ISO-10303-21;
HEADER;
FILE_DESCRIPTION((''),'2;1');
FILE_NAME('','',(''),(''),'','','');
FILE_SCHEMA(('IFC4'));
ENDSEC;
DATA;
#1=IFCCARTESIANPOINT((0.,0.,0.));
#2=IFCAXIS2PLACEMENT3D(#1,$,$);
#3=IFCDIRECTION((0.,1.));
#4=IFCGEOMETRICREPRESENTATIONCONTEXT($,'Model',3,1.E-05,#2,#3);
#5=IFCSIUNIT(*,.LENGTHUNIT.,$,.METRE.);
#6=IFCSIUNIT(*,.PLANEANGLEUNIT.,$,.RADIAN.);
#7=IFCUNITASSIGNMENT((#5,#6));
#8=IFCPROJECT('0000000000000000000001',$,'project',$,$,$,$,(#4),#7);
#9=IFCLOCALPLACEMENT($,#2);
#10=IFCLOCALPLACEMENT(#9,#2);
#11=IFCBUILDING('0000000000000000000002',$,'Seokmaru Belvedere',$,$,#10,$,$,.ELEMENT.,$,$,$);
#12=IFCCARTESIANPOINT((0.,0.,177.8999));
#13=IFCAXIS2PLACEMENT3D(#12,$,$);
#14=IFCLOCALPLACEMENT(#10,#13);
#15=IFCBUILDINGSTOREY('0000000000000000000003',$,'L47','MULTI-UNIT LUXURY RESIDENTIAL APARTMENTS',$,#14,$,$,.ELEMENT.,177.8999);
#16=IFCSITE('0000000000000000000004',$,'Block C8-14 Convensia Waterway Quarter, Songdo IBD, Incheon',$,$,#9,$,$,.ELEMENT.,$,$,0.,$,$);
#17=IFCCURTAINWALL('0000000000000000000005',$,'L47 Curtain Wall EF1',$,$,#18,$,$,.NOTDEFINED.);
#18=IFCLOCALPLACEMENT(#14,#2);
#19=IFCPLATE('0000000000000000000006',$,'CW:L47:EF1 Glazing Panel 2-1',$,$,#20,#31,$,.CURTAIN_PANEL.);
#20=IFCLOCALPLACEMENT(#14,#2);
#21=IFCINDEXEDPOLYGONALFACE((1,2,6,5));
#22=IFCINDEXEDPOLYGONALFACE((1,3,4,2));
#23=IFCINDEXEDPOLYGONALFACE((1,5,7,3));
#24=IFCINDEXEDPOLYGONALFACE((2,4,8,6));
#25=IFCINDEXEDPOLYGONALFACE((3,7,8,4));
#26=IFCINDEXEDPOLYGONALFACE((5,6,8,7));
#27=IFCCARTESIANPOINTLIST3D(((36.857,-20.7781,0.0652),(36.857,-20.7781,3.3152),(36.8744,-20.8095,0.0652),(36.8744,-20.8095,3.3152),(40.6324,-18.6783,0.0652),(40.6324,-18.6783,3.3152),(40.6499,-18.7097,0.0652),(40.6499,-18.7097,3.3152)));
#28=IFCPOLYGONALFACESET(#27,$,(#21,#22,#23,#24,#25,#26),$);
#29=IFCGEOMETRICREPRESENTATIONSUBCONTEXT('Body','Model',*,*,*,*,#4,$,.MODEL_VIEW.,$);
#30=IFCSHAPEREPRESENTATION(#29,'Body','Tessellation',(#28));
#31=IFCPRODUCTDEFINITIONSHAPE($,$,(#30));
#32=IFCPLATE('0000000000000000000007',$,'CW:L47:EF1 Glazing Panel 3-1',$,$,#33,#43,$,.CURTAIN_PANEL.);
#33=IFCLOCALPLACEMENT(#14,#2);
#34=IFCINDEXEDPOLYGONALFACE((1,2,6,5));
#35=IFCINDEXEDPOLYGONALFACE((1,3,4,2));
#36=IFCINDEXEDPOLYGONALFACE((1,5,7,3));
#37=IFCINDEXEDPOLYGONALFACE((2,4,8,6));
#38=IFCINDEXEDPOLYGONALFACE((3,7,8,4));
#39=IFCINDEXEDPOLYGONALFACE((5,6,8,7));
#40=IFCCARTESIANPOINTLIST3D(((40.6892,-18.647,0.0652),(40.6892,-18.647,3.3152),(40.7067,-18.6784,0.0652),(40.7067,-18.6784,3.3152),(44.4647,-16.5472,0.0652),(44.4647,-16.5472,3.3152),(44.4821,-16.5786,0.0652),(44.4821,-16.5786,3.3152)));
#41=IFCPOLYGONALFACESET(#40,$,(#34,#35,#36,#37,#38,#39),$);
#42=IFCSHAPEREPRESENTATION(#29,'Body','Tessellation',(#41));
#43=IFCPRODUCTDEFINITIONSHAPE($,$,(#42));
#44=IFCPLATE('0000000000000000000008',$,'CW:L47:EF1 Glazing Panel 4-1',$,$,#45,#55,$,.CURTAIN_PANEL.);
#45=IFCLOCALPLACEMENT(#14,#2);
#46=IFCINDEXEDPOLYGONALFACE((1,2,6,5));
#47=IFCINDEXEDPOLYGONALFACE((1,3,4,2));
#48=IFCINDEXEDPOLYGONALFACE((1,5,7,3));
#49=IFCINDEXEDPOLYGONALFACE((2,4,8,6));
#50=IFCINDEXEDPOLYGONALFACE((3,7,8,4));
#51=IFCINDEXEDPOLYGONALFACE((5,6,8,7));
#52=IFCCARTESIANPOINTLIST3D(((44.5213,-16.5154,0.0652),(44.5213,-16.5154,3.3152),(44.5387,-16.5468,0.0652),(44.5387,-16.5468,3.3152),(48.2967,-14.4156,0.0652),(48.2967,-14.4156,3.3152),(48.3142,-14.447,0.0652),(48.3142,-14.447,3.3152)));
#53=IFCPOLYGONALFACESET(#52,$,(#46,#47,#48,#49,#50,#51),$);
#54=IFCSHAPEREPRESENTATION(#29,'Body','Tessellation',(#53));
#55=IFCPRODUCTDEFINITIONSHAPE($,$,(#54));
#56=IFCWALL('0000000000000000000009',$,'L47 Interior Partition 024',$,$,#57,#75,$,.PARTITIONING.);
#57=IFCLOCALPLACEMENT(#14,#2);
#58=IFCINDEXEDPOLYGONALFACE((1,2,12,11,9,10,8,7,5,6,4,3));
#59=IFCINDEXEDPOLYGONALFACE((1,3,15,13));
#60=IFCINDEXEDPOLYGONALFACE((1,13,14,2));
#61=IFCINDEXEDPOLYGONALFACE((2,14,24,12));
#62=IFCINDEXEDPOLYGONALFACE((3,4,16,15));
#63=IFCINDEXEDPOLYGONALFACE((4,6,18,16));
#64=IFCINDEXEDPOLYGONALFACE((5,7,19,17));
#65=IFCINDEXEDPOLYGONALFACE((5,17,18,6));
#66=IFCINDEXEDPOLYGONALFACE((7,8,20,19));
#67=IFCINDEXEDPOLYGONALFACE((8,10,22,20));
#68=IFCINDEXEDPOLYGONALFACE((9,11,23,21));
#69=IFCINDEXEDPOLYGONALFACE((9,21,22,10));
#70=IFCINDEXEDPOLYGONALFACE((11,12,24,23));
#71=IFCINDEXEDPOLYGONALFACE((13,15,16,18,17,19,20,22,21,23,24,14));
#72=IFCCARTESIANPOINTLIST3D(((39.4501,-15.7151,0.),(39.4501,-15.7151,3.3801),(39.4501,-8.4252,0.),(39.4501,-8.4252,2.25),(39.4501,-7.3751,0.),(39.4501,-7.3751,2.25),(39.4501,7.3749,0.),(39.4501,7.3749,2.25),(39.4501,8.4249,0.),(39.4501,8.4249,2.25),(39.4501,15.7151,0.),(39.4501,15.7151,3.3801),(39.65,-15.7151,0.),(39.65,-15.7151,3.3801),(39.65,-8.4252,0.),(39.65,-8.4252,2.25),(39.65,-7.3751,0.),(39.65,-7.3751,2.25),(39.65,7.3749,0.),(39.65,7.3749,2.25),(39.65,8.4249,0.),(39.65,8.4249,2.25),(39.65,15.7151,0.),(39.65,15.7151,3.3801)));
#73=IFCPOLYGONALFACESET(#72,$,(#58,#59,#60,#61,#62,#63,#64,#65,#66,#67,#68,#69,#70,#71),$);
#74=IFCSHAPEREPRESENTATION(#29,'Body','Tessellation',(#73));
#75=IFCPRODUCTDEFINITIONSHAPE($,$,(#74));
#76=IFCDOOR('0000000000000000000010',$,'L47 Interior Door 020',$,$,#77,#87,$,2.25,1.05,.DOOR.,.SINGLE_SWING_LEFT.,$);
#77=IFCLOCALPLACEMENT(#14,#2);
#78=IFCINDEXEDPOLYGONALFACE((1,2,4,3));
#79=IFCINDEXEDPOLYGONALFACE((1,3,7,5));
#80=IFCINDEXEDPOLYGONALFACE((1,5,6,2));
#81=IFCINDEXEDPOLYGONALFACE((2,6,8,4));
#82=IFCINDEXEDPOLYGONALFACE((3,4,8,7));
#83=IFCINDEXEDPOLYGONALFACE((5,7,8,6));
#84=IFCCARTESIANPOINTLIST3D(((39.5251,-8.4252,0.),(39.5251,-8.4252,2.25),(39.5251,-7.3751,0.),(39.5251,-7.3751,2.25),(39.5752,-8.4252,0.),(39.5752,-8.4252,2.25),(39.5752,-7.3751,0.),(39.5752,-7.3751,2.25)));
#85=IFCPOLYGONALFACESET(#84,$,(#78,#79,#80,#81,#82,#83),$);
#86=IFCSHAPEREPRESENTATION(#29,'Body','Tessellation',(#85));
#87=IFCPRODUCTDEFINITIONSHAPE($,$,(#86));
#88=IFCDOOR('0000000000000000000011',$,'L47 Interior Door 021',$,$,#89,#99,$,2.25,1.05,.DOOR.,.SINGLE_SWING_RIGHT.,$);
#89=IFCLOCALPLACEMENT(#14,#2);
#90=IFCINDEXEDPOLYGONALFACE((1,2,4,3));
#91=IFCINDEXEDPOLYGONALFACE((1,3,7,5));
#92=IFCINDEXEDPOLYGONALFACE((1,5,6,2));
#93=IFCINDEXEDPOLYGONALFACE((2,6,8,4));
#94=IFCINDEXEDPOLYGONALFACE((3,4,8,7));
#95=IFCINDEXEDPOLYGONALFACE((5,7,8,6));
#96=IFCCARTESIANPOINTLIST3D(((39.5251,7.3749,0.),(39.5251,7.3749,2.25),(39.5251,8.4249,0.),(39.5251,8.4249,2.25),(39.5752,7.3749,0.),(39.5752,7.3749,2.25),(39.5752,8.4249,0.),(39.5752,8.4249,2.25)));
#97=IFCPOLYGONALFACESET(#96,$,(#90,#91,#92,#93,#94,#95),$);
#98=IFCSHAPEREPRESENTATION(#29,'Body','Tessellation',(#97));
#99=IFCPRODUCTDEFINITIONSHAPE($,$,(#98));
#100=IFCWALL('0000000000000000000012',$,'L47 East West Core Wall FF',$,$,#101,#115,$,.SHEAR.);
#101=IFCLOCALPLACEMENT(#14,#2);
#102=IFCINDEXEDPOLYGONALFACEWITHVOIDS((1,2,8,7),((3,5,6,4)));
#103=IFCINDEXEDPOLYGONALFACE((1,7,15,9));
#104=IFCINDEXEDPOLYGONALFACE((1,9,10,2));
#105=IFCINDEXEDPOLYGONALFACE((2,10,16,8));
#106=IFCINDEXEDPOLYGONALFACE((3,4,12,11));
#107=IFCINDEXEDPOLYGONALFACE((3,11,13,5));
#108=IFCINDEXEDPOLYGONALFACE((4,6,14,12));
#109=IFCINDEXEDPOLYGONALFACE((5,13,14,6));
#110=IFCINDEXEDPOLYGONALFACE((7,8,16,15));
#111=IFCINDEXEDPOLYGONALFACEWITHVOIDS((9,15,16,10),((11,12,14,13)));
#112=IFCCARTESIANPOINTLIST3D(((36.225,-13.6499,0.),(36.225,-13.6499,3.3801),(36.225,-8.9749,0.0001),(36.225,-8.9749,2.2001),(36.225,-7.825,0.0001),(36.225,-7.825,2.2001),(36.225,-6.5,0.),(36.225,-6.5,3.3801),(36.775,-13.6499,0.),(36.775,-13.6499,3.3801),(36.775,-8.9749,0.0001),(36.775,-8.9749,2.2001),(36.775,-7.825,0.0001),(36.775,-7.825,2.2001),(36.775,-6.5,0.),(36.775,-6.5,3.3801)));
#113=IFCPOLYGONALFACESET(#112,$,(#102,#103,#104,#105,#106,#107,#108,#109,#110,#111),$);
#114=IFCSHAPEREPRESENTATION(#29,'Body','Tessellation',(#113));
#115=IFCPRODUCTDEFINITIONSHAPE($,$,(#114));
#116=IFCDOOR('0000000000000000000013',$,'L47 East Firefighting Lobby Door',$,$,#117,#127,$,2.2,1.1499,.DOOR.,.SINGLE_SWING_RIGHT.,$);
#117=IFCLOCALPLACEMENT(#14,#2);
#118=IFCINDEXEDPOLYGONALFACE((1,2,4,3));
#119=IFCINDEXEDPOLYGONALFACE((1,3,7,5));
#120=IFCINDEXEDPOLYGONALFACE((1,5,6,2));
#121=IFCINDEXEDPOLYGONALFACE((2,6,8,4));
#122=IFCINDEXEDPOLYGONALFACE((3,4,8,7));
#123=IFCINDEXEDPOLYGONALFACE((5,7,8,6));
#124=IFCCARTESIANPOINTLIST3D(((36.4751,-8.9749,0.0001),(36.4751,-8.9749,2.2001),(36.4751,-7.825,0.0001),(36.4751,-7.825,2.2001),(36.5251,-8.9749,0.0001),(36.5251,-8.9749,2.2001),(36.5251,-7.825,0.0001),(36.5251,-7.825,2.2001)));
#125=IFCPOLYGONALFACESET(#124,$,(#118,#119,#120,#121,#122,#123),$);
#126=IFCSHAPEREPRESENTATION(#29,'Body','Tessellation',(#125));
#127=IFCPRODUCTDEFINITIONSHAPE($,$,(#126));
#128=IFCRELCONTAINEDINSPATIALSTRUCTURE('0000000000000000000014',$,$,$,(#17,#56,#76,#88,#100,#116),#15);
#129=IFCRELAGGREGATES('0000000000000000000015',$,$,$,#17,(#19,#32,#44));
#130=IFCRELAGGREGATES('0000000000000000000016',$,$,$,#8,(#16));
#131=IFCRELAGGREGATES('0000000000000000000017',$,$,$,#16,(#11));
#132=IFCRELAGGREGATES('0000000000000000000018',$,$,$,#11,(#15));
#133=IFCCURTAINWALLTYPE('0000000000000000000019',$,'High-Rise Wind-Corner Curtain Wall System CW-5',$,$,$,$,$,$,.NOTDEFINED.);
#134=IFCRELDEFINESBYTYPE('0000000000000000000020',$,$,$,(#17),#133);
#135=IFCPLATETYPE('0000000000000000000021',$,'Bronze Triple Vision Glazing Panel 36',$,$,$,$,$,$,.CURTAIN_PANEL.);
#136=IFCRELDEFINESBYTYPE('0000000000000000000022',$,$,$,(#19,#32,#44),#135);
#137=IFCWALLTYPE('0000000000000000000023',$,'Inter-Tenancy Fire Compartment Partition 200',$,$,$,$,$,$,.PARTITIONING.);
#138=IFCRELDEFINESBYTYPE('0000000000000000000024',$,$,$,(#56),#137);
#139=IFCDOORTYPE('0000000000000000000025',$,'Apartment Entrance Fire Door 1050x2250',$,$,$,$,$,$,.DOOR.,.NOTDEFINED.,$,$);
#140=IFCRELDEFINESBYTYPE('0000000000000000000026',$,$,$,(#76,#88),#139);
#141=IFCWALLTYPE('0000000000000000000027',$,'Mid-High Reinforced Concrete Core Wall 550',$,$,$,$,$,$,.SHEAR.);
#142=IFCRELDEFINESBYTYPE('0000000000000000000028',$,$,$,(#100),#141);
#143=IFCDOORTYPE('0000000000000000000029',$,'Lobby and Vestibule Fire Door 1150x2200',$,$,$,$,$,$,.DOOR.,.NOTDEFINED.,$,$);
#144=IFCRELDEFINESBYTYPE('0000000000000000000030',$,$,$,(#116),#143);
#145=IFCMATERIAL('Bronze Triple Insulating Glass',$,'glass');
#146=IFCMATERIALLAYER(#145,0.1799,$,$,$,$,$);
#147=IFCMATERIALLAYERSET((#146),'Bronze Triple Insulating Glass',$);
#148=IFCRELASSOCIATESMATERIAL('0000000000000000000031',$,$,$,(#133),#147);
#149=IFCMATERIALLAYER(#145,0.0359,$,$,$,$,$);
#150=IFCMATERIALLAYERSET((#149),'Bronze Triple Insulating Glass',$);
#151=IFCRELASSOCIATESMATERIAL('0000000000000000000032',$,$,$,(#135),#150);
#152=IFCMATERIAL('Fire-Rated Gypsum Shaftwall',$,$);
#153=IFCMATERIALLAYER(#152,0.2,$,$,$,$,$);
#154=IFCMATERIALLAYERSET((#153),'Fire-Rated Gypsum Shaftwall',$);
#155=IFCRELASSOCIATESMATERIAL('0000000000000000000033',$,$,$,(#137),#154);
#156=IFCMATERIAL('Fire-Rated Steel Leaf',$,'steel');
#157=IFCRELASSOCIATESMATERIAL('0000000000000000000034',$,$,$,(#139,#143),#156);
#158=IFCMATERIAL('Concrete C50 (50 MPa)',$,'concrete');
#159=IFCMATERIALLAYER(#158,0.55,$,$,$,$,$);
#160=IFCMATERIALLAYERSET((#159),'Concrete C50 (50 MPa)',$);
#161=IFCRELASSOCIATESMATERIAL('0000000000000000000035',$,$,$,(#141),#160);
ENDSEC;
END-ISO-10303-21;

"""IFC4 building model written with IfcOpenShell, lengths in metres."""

from ifc_helpers import new_model, si_unit, direction, frame, frame_2d, origin, origin_2d, place, context, subcontext, project, spatial, rectangle, extrude, source, transform, mapped, material, layer, layer_set, type_object, type_shapes, element, fill, aggregate, save


model = new_model("IFC4")

# Units and contexts
model_context = context("Model", 3, precision=1e-05, world=origin(), true_north=direction((0.0, 1.0)))
body_context = subcontext(model_context, "Body", "Model", "MODEL_VIEW")
ifc_project = project(units=[si_unit("LENGTHUNIT", "METRE"), si_unit("PLANEANGLEUNIT", "RADIAN")], contexts=[model_context])

# Site, building, storey
site_placement = place(None, origin())
site = spatial("IfcSite", under=ifc_project, at=site_placement, Name="Block C8-14 Convensia Waterway Quarter, Songdo IBD, Incheon", CompositionType="ELEMENT", RefElevation=0.0)
building_placement = place(site_placement, origin())
building = spatial("IfcBuilding", under=site, at=building_placement, Name="Seokmaru Belvedere", CompositionType="ELEMENT")
storey_placement = place(building_placement, frame((0.0, 0.0, 177.8999)))
storey = spatial("IfcBuildingStorey", under=building, at=storey_placement, Name="L47", Description="MULTI-UNIT LUXURY RESIDENTIAL APARTMENTS", CompositionType="ELEMENT", Elevation=177.8999)

# Curtain wall, plates
ifc_material_1 = material(Name="Bronze Triple Insulating Glass", Category="glass")
ifc_layer_1 = layer(ifc_material_1, 0.1799)
ifc_layer_set_1 = layer_set([ifc_layer_1], Name="Bronze Triple Insulating Glass")
curtain_wall_type = type_object("IfcCurtainWallType", Name="High-Rise Wind-Corner Curtain Wall System CW-5", PredefinedType="NOTDEFINED", material=ifc_layer_set_1)
curtain_wall_placement = place(storey_placement, origin())
curtain_wall = element("IfcCurtainWall", 1, at=curtain_wall_placement, inside=storey, type_object=curtain_wall_type, Name="L47 Curtain Wall EF1", PredefinedType="NOTDEFINED")
ifc_layer_2 = layer(ifc_material_1, 0.0359)
ifc_layer_set_2 = layer_set([ifc_layer_2], Name="Bronze Triple Insulating Glass")
plate_type = type_object("IfcPlateType", Name="Bronze Triple Vision Glazing Panel 36", PredefinedType="CURTAIN_PANEL", material=ifc_layer_set_2)
shared_shape_1 = source(origin(), body_context, "Body", "SweptSolid", [
    extrude(rectangle(XDim=4.3201, YDim=0.0359, at=origin_2d()), origin(), (0.0, 0.0, 1.0), 3.25),
])
plate_1_placement = place(storey_placement, frame((38.7534, -19.7439, 0.0652), z_axis=(0.0, 0.0, 1.0), x_axis=(0.873933, 0.486047, 0.0)))
plate_1 = element("IfcPlate", 2, at=plate_1_placement, type_object=plate_type, Name="CW:L47:EF1 Glazing Panel 2-1", PredefinedType="CURTAIN_PANEL", context=body_context, shape_type="MappedRepresentation", body=[
    mapped(shared_shape_1, transform((0.0, 0.0, 0.0), scale=1.0)),
])
plate_2_placement = place(storey_placement, frame((42.5857, -17.6128, 0.0652), z_axis=(0.0, 0.0, 1.0), x_axis=(0.873933, 0.486047, 0.0)))
plate_2 = element("IfcPlate", 3, at=plate_2_placement, type_object=plate_type, Name="CW:L47:EF1 Glazing Panel 3-1", PredefinedType="CURTAIN_PANEL", context=body_context, shape_type="MappedRepresentation", body=[
    mapped(shared_shape_1, transform((0.0, 0.0, 0.0), scale=1.0)),
])
plate_3_placement = place(storey_placement, frame((46.4177, -15.4812, 0.0652), z_axis=(0.0, 0.0, 1.0), x_axis=(0.873933, 0.486047, 0.0)))
plate_3 = element("IfcPlate", 4, at=plate_3_placement, type_object=plate_type, Name="CW:L47:EF1 Glazing Panel 4-1", PredefinedType="CURTAIN_PANEL", context=body_context, shape_type="MappedRepresentation", body=[
    mapped(shared_shape_1, transform((0.0, 0.0, 0.0), scale=1.0)),
])
aggregate(curtain_wall, [plate_1, plate_2, plate_3])

# Wall, openings, doors
ifc_material_2 = material(Name="Fire-Rated Gypsum Shaftwall")
ifc_layer_3 = layer(ifc_material_2, 0.2)
ifc_layer_set_3 = layer_set([ifc_layer_3], Name="Fire-Rated Gypsum Shaftwall")
wall_type_1 = type_object("IfcWallType", Name="Inter-Tenancy Fire Compartment Partition 200", PredefinedType="PARTITIONING", material=ifc_layer_set_3)
wall_1_placement = place(storey_placement, frame((39.55, -15.7151, 0.0), z_axis=(0.0, 0.0, 1.0), x_axis=(0.0, 1.0, 0.0)))
wall_1 = element("IfcWall", 5, at=wall_1_placement, inside=storey, type_object=wall_type_1, Name="L47 Interior Partition 024", PredefinedType="PARTITIONING", context=body_context, shape_type="SweptSolid", body=[
    extrude(rectangle(XDim=31.4302, YDim=0.2, at=frame_2d((15.7151, 0.0))), origin(), (0.0, 0.0, 1.0), 3.3801),
])
opening_1_placement = place(wall_1_placement, frame((7.29, 0.0, 0.0)))
opening_1 = element("IfcOpeningElement", 6, at=opening_1_placement, cuts=wall_1, PredefinedType="OPENING", context=body_context, shape_type="SweptSolid", body=[
    extrude(rectangle(XDim=1.05, YDim=2.25, at=frame_2d((0.5249, 1.125))), frame((0.0, 0.1099, 0.0), z_axis=(0.0, -1.0, 0.0), x_axis=(1.0, 0.0, 0.0)), (0.0, 0.0, 1.0), 0.22),
])
opening_2_placement = place(wall_1_placement, frame((23.0901, 0.0, 0.0)))
opening_2 = element("IfcOpeningElement", 7, at=opening_2_placement, cuts=wall_1, PredefinedType="OPENING", context=body_context, shape_type="SweptSolid", body=[
    extrude(rectangle(XDim=1.05, YDim=2.25, at=frame_2d((0.5249, 1.125))), frame((0.0, 0.1099, 0.0), z_axis=(0.0, -1.0, 0.0), x_axis=(1.0, 0.0, 0.0)), (0.0, 0.0, 1.0), 0.22),
])
ifc_material_3 = material(Name="Fire-Rated Steel Leaf", Category="steel")
door_type_1 = type_object("IfcDoorType", Name="Apartment Entrance Fire Door 1050x2250", OperationType="NOTDEFINED", PredefinedType="DOOR", material=ifc_material_3)
shared_shape_2 = source(origin(), body_context, "Body", "SweptSolid", [
    extrude(rectangle(XDim=1.05, YDim=2.25, at=frame_2d((0.5249, 1.125))), frame((0.0, 0.0249, 0.0), z_axis=(0.0, -1.0, 0.0), x_axis=(1.0, 0.0, 0.0)), (0.0, 0.0, 1.0), 0.05),
])
type_shapes(door_type_1, [shared_shape_2])
door_1_placement = place(opening_1_placement, origin())
door_1 = element("IfcDoor", 8, at=door_1_placement, inside=storey, type_object=door_type_1, Name="L47 Interior Door 020", OperationType="SINGLE_SWING_LEFT", OverallHeight=2.25, OverallWidth=1.05, PredefinedType="DOOR", context=body_context, shape_type="MappedRepresentation", body=[
    mapped(shared_shape_2, transform((0.0, 0.0, 0.0), scale=1.0)),
])
fill(opening_1, door_1)
door_2_placement = place(opening_2_placement, origin())
door_2 = element("IfcDoor", 9, at=door_2_placement, inside=storey, type_object=door_type_1, Name="L47 Interior Door 021", OperationType="SINGLE_SWING_RIGHT", OverallHeight=2.25, OverallWidth=1.05, PredefinedType="DOOR", context=body_context, shape_type="MappedRepresentation", body=[
    mapped(shared_shape_2, transform((0.0, 0.0, 0.0), scale=1.0)),
])
fill(opening_2, door_2)

# Wall, opening, door
ifc_material_4 = material(Name="Concrete C50 (50 MPa)", Category="concrete")
ifc_layer_4 = layer(ifc_material_4, 0.55)
ifc_layer_set_4 = layer_set([ifc_layer_4], Name="Concrete C50 (50 MPa)")
wall_type_2 = type_object("IfcWallType", Name="Mid-High Reinforced Concrete Core Wall 550", PredefinedType="SHEAR", material=ifc_layer_set_4)
wall_2_placement = place(storey_placement, frame((36.5, -13.6499, 0.0), z_axis=(0.0, 0.0, 1.0), x_axis=(0.0, 1.0, 0.0)))
wall_2 = element("IfcWall", 10, at=wall_2_placement, inside=storey, type_object=wall_type_2, Name="L47 East West Core Wall FF", PredefinedType="SHEAR", context=body_context, shape_type="SweptSolid", body=[
    extrude(rectangle(XDim=7.1499, YDim=0.55, at=frame_2d((3.575, 0.0))), origin(), (0.0, 0.0, 1.0), 3.3801),
])
opening_3_placement = place(wall_2_placement, frame((4.675, 0.0, 0.0)))
opening_3 = element("IfcOpeningElement", 11, at=opening_3_placement, cuts=wall_2, PredefinedType="OPENING", context=body_context, shape_type="SweptSolid", body=[
    extrude(rectangle(XDim=1.1499, YDim=2.2, at=frame_2d((0.575, 1.1001))), frame((0.0, 0.2852, 0.0), z_axis=(0.0, -1.0, 0.0), x_axis=(1.0, 0.0, 0.0)), (0.0, 0.0, 1.0), 0.5701),
])
door_type_2 = type_object("IfcDoorType", Name="Lobby and Vestibule Fire Door 1150x2200", OperationType="NOTDEFINED", PredefinedType="DOOR", material=ifc_material_3)
shared_shape_3 = source(origin(), body_context, "Body", "SweptSolid", [
    extrude(rectangle(XDim=1.1499, YDim=2.2, at=frame_2d((0.575, 1.1001))), frame((0.0, 0.0249, 0.0), z_axis=(0.0, -1.0, 0.0), x_axis=(1.0, 0.0, 0.0)), (0.0, 0.0, 1.0), 0.05),
])
type_shapes(door_type_2, [shared_shape_3])
door_3_placement = place(opening_3_placement, origin())
door_3 = element("IfcDoor", 12, at=door_3_placement, inside=storey, type_object=door_type_2, Name="L47 East Firefighting Lobby Door", OperationType="SINGLE_SWING_RIGHT", OverallHeight=2.2, OverallWidth=1.1499, PredefinedType="DOOR", context=body_context, shape_type="MappedRepresentation", body=[
    mapped(shared_shape_3, transform((0.0, 0.0, 0.0), scale=1.0)),
])
fill(opening_3, door_3)

save(model, "model.ifc")
